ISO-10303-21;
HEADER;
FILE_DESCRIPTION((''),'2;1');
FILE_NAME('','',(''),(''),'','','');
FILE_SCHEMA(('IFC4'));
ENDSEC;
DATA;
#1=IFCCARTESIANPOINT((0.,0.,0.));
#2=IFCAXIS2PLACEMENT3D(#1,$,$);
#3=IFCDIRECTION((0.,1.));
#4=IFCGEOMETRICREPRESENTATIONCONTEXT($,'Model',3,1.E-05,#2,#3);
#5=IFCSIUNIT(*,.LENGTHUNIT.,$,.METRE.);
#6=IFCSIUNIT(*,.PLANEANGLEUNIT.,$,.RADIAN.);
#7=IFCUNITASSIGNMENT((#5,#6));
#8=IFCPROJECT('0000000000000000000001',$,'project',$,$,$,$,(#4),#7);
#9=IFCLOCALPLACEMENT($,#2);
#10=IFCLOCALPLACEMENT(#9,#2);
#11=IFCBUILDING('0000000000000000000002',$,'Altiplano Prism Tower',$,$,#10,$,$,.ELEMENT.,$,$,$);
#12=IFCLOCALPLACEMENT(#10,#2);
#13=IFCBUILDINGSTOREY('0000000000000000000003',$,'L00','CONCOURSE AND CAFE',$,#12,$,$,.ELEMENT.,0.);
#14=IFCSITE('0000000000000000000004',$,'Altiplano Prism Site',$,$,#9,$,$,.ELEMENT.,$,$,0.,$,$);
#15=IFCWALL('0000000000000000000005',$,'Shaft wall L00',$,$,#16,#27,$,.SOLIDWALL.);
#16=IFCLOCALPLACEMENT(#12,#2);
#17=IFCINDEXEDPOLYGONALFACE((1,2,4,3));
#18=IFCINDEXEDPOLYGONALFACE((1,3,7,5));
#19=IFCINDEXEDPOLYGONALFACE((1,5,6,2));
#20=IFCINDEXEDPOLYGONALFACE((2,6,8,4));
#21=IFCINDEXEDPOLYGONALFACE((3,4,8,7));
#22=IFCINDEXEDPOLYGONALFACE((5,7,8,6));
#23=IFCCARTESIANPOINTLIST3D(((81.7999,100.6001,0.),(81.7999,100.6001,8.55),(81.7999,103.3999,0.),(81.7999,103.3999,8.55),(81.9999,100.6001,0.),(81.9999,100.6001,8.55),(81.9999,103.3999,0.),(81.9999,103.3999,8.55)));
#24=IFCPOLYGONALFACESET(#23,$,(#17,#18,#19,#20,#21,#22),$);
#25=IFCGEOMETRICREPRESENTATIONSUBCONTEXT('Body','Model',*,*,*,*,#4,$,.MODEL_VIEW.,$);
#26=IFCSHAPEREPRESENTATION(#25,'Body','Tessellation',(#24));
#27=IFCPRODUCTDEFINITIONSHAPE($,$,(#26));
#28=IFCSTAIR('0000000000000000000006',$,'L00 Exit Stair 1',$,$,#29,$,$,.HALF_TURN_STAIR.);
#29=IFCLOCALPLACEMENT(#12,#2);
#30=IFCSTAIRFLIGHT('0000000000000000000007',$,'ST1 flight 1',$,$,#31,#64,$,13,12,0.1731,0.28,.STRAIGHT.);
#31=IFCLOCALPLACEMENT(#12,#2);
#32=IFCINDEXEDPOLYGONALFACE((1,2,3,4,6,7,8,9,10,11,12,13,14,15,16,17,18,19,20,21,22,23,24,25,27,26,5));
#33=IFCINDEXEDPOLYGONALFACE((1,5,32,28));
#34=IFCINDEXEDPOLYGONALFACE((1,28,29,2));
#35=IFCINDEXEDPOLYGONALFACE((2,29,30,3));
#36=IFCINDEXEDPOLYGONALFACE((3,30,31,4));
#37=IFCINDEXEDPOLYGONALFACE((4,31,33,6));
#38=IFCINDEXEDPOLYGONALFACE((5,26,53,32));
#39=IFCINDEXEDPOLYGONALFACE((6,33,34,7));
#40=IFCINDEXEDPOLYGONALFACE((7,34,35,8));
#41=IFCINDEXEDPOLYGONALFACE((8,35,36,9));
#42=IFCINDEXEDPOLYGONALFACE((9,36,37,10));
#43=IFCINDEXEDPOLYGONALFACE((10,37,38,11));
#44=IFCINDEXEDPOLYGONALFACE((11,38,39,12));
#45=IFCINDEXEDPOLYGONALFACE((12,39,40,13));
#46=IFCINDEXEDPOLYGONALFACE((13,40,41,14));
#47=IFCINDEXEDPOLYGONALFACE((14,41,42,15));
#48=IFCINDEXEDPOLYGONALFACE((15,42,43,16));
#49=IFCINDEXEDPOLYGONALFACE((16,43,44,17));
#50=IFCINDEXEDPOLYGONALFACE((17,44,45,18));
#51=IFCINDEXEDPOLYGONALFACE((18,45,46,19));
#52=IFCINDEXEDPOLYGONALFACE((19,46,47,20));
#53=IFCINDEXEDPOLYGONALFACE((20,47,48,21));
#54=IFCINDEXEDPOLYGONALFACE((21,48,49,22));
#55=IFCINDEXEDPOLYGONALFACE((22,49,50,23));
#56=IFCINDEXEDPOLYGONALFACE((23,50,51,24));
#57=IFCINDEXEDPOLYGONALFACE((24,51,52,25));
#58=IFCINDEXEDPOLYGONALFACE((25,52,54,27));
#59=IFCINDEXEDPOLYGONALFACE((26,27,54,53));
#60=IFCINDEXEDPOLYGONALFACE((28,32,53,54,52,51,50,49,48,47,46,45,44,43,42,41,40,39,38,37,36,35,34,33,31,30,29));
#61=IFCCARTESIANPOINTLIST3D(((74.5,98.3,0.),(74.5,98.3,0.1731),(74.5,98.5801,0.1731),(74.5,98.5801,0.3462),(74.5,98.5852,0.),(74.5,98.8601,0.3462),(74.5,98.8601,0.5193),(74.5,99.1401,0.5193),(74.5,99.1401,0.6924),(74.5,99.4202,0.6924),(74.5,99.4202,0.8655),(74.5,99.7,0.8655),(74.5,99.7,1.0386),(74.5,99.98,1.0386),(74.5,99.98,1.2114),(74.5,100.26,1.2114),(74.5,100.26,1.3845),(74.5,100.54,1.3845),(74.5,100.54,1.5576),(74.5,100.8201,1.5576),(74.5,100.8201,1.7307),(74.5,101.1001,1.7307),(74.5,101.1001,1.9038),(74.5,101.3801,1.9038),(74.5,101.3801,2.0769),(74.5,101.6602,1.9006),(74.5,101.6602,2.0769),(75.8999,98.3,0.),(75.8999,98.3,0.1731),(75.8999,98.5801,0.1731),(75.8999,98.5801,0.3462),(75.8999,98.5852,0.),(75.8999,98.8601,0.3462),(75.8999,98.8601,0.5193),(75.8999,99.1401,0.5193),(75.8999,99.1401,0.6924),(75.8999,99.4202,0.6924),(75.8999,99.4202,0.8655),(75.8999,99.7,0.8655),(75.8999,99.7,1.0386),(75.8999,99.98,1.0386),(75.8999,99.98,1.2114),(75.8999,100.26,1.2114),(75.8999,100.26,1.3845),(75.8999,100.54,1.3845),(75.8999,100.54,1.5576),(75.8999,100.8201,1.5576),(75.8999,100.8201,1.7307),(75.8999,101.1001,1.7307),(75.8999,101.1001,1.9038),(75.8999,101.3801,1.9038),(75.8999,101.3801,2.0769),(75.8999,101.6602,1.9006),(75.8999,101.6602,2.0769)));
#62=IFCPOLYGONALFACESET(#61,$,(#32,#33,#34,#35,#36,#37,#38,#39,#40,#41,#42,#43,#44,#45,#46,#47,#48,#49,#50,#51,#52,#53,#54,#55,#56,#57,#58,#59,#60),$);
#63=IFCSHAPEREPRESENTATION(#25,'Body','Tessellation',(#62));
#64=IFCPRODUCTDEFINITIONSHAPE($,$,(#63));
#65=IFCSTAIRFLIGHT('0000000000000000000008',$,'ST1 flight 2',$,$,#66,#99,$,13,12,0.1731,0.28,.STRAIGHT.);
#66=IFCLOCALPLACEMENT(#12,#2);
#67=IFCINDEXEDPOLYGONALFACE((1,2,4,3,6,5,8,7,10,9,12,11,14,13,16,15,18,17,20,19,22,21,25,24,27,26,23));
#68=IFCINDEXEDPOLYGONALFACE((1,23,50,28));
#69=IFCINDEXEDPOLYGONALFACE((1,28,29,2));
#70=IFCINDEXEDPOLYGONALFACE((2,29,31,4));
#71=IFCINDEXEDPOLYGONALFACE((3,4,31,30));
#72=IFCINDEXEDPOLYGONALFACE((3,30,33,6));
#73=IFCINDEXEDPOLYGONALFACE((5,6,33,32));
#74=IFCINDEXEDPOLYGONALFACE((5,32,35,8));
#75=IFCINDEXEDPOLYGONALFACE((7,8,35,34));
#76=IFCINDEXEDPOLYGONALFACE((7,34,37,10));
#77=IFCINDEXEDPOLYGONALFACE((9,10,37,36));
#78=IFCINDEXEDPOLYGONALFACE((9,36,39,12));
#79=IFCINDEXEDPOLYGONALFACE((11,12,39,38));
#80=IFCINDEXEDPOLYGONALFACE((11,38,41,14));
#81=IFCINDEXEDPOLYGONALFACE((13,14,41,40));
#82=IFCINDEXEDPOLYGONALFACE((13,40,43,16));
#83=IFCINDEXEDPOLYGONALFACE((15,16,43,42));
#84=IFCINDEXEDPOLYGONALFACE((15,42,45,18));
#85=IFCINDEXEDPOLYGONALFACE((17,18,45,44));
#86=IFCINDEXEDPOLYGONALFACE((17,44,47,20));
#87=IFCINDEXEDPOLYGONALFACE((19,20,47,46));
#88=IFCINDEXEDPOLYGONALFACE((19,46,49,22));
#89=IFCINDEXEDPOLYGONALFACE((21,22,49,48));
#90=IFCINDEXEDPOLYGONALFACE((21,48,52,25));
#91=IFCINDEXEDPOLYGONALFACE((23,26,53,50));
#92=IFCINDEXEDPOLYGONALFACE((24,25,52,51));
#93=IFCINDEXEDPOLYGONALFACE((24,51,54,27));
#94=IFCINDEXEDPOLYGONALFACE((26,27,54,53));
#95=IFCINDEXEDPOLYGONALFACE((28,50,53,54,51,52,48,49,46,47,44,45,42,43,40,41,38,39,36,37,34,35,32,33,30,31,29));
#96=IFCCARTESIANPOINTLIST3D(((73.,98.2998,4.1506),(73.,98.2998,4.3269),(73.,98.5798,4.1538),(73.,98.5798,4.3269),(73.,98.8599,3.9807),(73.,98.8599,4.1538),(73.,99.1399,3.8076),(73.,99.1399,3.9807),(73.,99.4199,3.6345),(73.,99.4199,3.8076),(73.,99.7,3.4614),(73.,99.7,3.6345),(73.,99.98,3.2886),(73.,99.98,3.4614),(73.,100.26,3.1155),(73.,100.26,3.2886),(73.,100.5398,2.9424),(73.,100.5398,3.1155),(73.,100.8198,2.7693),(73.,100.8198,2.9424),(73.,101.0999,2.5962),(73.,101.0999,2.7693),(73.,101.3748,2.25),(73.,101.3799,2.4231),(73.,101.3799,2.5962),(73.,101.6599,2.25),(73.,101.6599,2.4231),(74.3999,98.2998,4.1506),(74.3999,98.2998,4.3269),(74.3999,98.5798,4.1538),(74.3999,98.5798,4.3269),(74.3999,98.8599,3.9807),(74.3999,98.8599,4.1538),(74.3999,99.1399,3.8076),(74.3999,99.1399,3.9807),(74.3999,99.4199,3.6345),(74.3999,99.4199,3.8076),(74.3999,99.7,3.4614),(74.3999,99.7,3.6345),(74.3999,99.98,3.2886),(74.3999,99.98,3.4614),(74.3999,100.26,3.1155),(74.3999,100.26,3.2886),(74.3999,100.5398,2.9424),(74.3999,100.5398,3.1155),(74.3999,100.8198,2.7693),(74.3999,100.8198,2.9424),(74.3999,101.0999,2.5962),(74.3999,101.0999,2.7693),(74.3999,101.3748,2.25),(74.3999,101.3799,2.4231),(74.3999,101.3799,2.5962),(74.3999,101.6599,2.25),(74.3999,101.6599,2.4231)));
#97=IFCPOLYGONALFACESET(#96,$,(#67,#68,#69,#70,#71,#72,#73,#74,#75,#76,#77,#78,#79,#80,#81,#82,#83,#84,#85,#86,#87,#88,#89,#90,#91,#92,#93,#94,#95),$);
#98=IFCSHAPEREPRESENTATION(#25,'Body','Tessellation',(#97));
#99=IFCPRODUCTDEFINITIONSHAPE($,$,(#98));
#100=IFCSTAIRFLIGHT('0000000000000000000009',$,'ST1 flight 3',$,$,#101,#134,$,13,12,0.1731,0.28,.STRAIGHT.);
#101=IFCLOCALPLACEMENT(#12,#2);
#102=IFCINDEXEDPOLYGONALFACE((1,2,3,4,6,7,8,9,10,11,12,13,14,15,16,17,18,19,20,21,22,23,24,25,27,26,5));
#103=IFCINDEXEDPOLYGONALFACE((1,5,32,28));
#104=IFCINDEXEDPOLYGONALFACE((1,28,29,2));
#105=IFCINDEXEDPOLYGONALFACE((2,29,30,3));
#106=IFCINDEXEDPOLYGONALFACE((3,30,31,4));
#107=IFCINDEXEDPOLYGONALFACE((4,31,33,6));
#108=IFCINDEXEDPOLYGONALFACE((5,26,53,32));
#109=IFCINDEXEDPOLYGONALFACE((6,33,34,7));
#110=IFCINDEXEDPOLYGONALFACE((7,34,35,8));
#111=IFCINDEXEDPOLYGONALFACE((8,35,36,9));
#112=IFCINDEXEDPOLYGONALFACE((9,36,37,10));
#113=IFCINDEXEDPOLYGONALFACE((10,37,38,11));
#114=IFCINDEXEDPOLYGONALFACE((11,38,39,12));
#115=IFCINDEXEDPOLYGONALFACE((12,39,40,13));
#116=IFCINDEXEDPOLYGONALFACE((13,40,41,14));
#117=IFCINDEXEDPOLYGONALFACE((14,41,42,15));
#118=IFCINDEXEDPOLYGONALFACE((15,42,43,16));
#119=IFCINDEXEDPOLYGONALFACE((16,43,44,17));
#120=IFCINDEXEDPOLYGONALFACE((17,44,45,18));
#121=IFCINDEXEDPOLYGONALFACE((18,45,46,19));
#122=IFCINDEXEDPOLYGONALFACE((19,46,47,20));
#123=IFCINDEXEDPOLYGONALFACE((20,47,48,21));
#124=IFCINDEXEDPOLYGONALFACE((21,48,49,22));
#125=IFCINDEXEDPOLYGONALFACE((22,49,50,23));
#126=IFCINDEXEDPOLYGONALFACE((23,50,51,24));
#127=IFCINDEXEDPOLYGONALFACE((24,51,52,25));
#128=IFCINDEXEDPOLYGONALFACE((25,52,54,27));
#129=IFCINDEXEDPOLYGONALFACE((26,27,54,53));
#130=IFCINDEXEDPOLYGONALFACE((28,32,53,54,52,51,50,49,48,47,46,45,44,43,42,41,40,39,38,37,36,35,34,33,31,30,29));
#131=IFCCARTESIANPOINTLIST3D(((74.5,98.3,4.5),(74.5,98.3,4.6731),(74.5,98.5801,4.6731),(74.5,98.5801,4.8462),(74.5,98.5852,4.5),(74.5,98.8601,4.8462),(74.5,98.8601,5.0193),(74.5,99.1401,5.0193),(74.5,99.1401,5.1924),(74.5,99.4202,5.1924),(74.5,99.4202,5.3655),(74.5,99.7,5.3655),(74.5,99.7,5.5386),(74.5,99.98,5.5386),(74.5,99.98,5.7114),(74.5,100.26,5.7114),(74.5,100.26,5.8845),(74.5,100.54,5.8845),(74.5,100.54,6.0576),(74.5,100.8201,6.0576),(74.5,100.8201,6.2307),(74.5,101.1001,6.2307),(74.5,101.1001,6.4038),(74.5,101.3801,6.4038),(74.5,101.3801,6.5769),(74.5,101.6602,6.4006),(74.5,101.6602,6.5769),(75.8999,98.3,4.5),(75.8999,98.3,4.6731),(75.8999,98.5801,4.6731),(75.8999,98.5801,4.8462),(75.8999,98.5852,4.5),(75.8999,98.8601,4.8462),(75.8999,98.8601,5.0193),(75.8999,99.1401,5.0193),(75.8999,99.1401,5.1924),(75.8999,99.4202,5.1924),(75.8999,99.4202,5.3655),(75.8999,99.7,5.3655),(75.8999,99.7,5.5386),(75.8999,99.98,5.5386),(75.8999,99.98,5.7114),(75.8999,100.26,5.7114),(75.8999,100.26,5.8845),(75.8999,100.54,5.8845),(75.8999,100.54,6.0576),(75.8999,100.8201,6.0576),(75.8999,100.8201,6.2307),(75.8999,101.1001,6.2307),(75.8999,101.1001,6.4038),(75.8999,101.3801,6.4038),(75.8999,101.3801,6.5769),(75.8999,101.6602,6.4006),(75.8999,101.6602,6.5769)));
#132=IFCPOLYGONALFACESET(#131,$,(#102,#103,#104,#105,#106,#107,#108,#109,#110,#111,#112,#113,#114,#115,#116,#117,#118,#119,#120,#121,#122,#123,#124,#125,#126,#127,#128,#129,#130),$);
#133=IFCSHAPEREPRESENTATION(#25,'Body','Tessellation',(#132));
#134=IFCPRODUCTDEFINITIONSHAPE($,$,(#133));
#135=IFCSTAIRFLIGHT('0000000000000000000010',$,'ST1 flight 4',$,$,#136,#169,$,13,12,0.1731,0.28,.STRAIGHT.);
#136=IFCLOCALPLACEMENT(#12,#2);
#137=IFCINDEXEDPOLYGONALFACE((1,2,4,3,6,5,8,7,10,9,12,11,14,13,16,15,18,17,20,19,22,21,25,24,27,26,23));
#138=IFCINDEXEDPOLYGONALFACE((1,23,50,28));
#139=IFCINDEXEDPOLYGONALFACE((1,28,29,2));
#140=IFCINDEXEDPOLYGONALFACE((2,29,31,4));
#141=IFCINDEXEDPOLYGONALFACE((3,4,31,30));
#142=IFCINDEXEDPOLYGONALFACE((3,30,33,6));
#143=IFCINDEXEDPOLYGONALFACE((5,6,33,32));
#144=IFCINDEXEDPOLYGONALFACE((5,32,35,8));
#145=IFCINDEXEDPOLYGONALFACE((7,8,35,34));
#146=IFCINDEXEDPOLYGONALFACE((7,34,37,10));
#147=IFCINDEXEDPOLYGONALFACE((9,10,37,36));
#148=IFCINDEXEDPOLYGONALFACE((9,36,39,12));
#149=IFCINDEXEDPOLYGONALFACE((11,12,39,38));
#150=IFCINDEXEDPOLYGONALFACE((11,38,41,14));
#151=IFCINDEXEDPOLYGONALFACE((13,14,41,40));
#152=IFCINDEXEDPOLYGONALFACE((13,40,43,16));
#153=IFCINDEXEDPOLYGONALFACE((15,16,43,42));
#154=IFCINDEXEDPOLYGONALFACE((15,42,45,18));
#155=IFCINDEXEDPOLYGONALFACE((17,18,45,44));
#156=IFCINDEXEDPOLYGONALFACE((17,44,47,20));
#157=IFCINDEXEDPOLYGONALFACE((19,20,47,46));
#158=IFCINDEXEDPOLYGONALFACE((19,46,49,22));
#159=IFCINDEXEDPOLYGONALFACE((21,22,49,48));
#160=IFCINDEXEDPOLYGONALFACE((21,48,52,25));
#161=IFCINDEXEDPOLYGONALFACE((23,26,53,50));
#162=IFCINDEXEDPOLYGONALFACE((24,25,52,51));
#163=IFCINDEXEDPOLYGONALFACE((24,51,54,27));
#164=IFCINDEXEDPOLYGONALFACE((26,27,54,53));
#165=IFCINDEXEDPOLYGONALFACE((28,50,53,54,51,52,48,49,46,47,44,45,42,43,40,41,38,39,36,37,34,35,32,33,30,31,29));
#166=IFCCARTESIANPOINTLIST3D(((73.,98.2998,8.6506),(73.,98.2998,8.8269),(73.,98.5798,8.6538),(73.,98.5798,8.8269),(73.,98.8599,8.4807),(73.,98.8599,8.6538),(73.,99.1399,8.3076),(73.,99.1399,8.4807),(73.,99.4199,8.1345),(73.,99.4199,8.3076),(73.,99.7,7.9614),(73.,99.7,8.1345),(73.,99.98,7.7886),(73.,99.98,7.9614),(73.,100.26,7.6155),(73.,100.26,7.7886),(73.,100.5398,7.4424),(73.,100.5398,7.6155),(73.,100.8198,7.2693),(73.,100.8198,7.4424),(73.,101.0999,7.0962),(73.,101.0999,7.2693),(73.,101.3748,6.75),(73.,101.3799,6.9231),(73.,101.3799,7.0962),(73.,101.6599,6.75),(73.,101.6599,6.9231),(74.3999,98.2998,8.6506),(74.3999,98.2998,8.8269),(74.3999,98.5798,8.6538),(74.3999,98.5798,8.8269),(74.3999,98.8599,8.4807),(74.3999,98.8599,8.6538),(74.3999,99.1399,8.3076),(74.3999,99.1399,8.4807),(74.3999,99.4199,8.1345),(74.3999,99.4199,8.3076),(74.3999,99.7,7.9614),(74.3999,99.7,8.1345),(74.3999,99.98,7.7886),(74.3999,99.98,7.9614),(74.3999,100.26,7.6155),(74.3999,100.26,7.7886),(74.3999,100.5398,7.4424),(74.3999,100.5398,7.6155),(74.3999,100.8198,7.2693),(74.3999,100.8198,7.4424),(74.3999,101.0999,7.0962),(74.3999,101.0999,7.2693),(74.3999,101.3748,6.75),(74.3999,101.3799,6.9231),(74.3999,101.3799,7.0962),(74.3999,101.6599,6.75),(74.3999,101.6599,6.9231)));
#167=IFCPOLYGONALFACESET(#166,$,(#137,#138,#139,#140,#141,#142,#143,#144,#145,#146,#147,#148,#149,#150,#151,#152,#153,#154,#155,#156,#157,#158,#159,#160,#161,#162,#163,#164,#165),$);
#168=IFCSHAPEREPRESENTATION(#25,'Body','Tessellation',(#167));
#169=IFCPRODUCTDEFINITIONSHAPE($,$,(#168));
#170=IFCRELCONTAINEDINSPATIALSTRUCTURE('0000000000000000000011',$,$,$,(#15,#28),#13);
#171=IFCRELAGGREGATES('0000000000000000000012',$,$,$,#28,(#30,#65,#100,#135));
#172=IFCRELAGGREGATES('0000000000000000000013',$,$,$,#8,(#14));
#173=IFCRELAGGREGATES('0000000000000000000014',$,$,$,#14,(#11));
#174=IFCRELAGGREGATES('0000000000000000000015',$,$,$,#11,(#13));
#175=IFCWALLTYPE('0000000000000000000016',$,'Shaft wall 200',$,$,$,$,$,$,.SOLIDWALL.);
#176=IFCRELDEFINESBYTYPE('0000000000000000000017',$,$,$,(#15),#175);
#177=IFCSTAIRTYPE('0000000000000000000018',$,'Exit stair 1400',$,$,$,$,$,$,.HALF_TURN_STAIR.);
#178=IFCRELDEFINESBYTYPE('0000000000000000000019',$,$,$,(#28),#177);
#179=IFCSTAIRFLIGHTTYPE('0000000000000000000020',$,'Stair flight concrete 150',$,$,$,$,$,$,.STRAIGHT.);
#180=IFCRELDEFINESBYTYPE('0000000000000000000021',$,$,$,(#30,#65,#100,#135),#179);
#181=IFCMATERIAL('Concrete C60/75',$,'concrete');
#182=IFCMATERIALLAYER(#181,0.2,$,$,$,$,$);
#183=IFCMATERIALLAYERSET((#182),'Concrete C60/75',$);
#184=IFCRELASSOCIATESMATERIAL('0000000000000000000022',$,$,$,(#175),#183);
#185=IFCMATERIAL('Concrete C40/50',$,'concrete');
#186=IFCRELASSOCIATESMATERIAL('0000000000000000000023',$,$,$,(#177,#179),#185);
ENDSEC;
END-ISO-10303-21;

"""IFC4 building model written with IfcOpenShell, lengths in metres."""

from ifc_helpers import new_model, si_unit, direction, frame, frame_2d, origin, place, context, subcontext, project, spatial, polyline, rectangle, outline, extrude, material, layer, layer_set, type_object, element, aggregate, save


model = new_model("IFC4")

# Units and contexts
model_context = context("Model", 3, precision=1e-05, world=origin(), true_north=direction((0.0, 1.0)))
body_context = subcontext(model_context, "Body", "Model", "MODEL_VIEW")
ifc_project = project(units=[si_unit("LENGTHUNIT", "METRE"), si_unit("PLANEANGLEUNIT", "RADIAN")], contexts=[model_context])

# Site, building, storey
site_placement = place(None, origin())
site = spatial("IfcSite", under=ifc_project, at=site_placement, Name="Altiplano Prism Site", CompositionType="ELEMENT", RefElevation=0.0)
building_placement = place(site_placement, origin())
building = spatial("IfcBuilding", under=site, at=building_placement, Name="Altiplano Prism Tower", CompositionType="ELEMENT")
storey_placement = place(building_placement, origin())
storey = spatial("IfcBuildingStorey", under=building, at=storey_placement, Name="L00", Description="CONCOURSE AND CAFE", CompositionType="ELEMENT", Elevation=0.0)

# Shared definitions
ifc_material_1 = material(Name="Concrete C60/75", Category="concrete")
ifc_layer = layer(ifc_material_1, 0.2)
ifc_layer_set = layer_set([ifc_layer], Name="Concrete C60/75")
wall_type = type_object("IfcWallType", Name="Shaft wall 200", PredefinedType="SOLIDWALL", material=ifc_layer_set)

# Wall
for number, where, z_axis, x_axis, name in (
    (1, (81.8999, 100.6001, 0.0), (0.0, 0.0, 1.0), (0.0, 1.0, 0.0), "Shaft wall L00"),
):
    element("IfcWall", number, at=place(storey_placement, frame(where, z_axis=z_axis, x_axis=x_axis)), inside=storey, type_object=wall_type, Name=name, PredefinedType="SOLIDWALL", context=body_context, shape_type="SweptSolid", body=[
        extrude(rectangle(XDim=2.7998, YDim=0.2, at=frame_2d((1.3999, 0.0))), origin(), (0.0, 0.0, 1.0), 8.55),
    ])

# Stair, stair flights
ifc_material_2 = material(Name="Concrete C40/50", Category="concrete")
stair_type = type_object("IfcStairType", Name="Exit stair 1400", PredefinedType="HALF_TURN_STAIR", material=ifc_material_2)
stair_placement = place(storey_placement, origin())
stair = element("IfcStair", 2, at=stair_placement, inside=storey, type_object=stair_type, Name="L00 Exit Stair 1", PredefinedType="HALF_TURN_STAIR")
stair_flight_type = type_object("IfcStairFlightType", Name="Stair flight concrete 150", PredefinedType="STRAIGHT", material=ifc_material_2)
stair_flight_1_placement = place(storey_placement, frame((75.2, 98.3, 0.0), z_axis=(0.0, 0.0, 1.0), x_axis=(0.0, 1.0, 0.0)))
stair_flight_1 = element("IfcStairFlight", 3, at=stair_flight_1_placement, type_object=stair_flight_type, Name="ST1 flight 1", NumberOfRisers=13, NumberOfTreads=12, PredefinedType="STRAIGHT", RiserHeight=0.1731, TreadLength=0.28, context=body_context, shape_type="SweptSolid", body=[
    extrude(outline(polyline([(0.0, 0.0), (0.0, 0.1731), (0.28, 0.1731), (0.28, 0.3462), (0.5601, 0.3462), (0.5601, 0.5193), (0.8401, 0.5193), (0.8401, 0.6924), (1.1201, 0.6924), (1.1201, 0.8655), (1.3999, 0.8655), (1.3999, 1.0386), (1.6799, 1.0386), (1.6799, 1.2114), (1.96, 1.2114), (1.96, 1.3845), (2.24, 1.3845), (2.24, 1.5576), (2.52, 1.5576), (2.52, 1.7307), (2.8, 1.7307), (2.8, 1.9038), (3.0801, 1.9038), (3.0801, 2.0769), (3.3601, 2.0769), (3.3601, 2.25), (3.3601, 1.9006), (0.2852, 0.0), (0.0, 0.0)])), frame((0.0, 0.7, 0.0), z_axis=(0.0, -1.0, 0.0), x_axis=(1.0, 0.0, 0.0)), (0.0, 0.0, 1.0), 1.3999),
])
stair_flight_2_placement = place(storey_placement, frame((73.7, 101.6599, 2.25), z_axis=(0.0, 0.0, 1.0), x_axis=(0.0, -1.0, 0.0)))
stair_flight_2 = element("IfcStairFlight", 4, at=stair_flight_2_placement, type_object=stair_flight_type, Name="ST1 flight 2", NumberOfRisers=13, NumberOfTreads=12, PredefinedType="STRAIGHT", RiserHeight=0.1731, TreadLength=0.28, context=body_context, shape_type="SweptSolid", body=[
    extrude(outline(polyline([(0.0, 0.0), (0.0, 0.1731), (0.28, 0.1731), (0.28, 0.3462), (0.5601, 0.3462), (0.5601, 0.5193), (0.8401, 0.5193), (0.8401, 0.6924), (1.1201, 0.6924), (1.1201, 0.8655), (1.3999, 0.8655), (1.3999, 1.0386), (1.6799, 1.0386), (1.6799, 1.2114), (1.96, 1.2114), (1.96, 1.3845), (2.24, 1.3845), (2.24, 1.5576), (2.52, 1.5576), (2.52, 1.7307), (2.8, 1.7307), (2.8, 1.9038), (3.0801, 1.9038), (3.0801, 2.0769), (3.3601, 2.0769), (3.3601, 2.25), (3.3601, 1.9006), (0.2852, 0.0), (0.0, 0.0)])), frame((0.0, 0.7, 0.0), z_axis=(0.0, -1.0, 0.0), x_axis=(1.0, 0.0, 0.0)), (0.0, 0.0, 1.0), 1.3999),
])
stair_flight_3_placement = place(storey_placement, frame((75.2, 98.3, 4.5), z_axis=(0.0, 0.0, 1.0), x_axis=(0.0, 1.0, 0.0)))
stair_flight_3 = element("IfcStairFlight", 5, at=stair_flight_3_placement, type_object=stair_flight_type, Name="ST1 flight 3", NumberOfRisers=13, NumberOfTreads=12, PredefinedType="STRAIGHT", RiserHeight=0.1731, TreadLength=0.28, context=body_context, shape_type="SweptSolid", body=[
    extrude(outline(polyline([(0.0, 0.0), (0.0, 0.1731), (0.28, 0.1731), (0.28, 0.3462), (0.5601, 0.3462), (0.5601, 0.5193), (0.8401, 0.5193), (0.8401, 0.6924), (1.1201, 0.6924), (1.1201, 0.8655), (1.3999, 0.8655), (1.3999, 1.0386), (1.6799, 1.0386), (1.6799, 1.2114), (1.96, 1.2114), (1.96, 1.3845), (2.24, 1.3845), (2.24, 1.5576), (2.52, 1.5576), (2.52, 1.7307), (2.8, 1.7307), (2.8, 1.9038), (3.0801, 1.9038), (3.0801, 2.0769), (3.3601, 2.0769), (3.3601, 2.25), (3.3601, 1.9006), (0.2852, 0.0), (0.0, 0.0)])), frame((0.0, 0.7, 0.0), z_axis=(0.0, -1.0, 0.0), x_axis=(1.0, 0.0, 0.0)), (0.0, 0.0, 1.0), 1.3999),
])
stair_flight_4_placement = place(storey_placement, frame((73.7, 101.6599, 6.75), z_axis=(0.0, 0.0, 1.0), x_axis=(0.0, -1.0, 0.0)))
stair_flight_4 = element("IfcStairFlight", 6, at=stair_flight_4_placement, type_object=stair_flight_type, Name="ST1 flight 4", NumberOfRisers=13, NumberOfTreads=12, PredefinedType="STRAIGHT", RiserHeight=0.1731, TreadLength=0.28, context=body_context, shape_type="SweptSolid", body=[
    extrude(outline(polyline([(0.0, 0.0), (0.0, 0.1731), (0.28, 0.1731), (0.28, 0.3462), (0.5601, 0.3462), (0.5601, 0.5193), (0.8401, 0.5193), (0.8401, 0.6924), (1.1201, 0.6924), (1.1201, 0.8655), (1.3999, 0.8655), (1.3999, 1.0386), (1.6799, 1.0386), (1.6799, 1.2114), (1.96, 1.2114), (1.96, 1.3845), (2.24, 1.3845), (2.24, 1.5576), (2.52, 1.5576), (2.52, 1.7307), (2.8, 1.7307), (2.8, 1.9038), (3.0801, 1.9038), (3.0801, 2.0769), (3.3601, 2.0769), (3.3601, 2.25), (3.3601, 1.9006), (0.2852, 0.0), (0.0, 0.0)])), frame((0.0, 0.7, 0.0), z_axis=(0.0, -1.0, 0.0), x_axis=(1.0, 0.0, 0.0)), (0.0, 0.0, 1.0), 1.3999),
])
aggregate(stair, [stair_flight_1, stair_flight_2, stair_flight_3, stair_flight_4])

save(model, "model.ifc")
